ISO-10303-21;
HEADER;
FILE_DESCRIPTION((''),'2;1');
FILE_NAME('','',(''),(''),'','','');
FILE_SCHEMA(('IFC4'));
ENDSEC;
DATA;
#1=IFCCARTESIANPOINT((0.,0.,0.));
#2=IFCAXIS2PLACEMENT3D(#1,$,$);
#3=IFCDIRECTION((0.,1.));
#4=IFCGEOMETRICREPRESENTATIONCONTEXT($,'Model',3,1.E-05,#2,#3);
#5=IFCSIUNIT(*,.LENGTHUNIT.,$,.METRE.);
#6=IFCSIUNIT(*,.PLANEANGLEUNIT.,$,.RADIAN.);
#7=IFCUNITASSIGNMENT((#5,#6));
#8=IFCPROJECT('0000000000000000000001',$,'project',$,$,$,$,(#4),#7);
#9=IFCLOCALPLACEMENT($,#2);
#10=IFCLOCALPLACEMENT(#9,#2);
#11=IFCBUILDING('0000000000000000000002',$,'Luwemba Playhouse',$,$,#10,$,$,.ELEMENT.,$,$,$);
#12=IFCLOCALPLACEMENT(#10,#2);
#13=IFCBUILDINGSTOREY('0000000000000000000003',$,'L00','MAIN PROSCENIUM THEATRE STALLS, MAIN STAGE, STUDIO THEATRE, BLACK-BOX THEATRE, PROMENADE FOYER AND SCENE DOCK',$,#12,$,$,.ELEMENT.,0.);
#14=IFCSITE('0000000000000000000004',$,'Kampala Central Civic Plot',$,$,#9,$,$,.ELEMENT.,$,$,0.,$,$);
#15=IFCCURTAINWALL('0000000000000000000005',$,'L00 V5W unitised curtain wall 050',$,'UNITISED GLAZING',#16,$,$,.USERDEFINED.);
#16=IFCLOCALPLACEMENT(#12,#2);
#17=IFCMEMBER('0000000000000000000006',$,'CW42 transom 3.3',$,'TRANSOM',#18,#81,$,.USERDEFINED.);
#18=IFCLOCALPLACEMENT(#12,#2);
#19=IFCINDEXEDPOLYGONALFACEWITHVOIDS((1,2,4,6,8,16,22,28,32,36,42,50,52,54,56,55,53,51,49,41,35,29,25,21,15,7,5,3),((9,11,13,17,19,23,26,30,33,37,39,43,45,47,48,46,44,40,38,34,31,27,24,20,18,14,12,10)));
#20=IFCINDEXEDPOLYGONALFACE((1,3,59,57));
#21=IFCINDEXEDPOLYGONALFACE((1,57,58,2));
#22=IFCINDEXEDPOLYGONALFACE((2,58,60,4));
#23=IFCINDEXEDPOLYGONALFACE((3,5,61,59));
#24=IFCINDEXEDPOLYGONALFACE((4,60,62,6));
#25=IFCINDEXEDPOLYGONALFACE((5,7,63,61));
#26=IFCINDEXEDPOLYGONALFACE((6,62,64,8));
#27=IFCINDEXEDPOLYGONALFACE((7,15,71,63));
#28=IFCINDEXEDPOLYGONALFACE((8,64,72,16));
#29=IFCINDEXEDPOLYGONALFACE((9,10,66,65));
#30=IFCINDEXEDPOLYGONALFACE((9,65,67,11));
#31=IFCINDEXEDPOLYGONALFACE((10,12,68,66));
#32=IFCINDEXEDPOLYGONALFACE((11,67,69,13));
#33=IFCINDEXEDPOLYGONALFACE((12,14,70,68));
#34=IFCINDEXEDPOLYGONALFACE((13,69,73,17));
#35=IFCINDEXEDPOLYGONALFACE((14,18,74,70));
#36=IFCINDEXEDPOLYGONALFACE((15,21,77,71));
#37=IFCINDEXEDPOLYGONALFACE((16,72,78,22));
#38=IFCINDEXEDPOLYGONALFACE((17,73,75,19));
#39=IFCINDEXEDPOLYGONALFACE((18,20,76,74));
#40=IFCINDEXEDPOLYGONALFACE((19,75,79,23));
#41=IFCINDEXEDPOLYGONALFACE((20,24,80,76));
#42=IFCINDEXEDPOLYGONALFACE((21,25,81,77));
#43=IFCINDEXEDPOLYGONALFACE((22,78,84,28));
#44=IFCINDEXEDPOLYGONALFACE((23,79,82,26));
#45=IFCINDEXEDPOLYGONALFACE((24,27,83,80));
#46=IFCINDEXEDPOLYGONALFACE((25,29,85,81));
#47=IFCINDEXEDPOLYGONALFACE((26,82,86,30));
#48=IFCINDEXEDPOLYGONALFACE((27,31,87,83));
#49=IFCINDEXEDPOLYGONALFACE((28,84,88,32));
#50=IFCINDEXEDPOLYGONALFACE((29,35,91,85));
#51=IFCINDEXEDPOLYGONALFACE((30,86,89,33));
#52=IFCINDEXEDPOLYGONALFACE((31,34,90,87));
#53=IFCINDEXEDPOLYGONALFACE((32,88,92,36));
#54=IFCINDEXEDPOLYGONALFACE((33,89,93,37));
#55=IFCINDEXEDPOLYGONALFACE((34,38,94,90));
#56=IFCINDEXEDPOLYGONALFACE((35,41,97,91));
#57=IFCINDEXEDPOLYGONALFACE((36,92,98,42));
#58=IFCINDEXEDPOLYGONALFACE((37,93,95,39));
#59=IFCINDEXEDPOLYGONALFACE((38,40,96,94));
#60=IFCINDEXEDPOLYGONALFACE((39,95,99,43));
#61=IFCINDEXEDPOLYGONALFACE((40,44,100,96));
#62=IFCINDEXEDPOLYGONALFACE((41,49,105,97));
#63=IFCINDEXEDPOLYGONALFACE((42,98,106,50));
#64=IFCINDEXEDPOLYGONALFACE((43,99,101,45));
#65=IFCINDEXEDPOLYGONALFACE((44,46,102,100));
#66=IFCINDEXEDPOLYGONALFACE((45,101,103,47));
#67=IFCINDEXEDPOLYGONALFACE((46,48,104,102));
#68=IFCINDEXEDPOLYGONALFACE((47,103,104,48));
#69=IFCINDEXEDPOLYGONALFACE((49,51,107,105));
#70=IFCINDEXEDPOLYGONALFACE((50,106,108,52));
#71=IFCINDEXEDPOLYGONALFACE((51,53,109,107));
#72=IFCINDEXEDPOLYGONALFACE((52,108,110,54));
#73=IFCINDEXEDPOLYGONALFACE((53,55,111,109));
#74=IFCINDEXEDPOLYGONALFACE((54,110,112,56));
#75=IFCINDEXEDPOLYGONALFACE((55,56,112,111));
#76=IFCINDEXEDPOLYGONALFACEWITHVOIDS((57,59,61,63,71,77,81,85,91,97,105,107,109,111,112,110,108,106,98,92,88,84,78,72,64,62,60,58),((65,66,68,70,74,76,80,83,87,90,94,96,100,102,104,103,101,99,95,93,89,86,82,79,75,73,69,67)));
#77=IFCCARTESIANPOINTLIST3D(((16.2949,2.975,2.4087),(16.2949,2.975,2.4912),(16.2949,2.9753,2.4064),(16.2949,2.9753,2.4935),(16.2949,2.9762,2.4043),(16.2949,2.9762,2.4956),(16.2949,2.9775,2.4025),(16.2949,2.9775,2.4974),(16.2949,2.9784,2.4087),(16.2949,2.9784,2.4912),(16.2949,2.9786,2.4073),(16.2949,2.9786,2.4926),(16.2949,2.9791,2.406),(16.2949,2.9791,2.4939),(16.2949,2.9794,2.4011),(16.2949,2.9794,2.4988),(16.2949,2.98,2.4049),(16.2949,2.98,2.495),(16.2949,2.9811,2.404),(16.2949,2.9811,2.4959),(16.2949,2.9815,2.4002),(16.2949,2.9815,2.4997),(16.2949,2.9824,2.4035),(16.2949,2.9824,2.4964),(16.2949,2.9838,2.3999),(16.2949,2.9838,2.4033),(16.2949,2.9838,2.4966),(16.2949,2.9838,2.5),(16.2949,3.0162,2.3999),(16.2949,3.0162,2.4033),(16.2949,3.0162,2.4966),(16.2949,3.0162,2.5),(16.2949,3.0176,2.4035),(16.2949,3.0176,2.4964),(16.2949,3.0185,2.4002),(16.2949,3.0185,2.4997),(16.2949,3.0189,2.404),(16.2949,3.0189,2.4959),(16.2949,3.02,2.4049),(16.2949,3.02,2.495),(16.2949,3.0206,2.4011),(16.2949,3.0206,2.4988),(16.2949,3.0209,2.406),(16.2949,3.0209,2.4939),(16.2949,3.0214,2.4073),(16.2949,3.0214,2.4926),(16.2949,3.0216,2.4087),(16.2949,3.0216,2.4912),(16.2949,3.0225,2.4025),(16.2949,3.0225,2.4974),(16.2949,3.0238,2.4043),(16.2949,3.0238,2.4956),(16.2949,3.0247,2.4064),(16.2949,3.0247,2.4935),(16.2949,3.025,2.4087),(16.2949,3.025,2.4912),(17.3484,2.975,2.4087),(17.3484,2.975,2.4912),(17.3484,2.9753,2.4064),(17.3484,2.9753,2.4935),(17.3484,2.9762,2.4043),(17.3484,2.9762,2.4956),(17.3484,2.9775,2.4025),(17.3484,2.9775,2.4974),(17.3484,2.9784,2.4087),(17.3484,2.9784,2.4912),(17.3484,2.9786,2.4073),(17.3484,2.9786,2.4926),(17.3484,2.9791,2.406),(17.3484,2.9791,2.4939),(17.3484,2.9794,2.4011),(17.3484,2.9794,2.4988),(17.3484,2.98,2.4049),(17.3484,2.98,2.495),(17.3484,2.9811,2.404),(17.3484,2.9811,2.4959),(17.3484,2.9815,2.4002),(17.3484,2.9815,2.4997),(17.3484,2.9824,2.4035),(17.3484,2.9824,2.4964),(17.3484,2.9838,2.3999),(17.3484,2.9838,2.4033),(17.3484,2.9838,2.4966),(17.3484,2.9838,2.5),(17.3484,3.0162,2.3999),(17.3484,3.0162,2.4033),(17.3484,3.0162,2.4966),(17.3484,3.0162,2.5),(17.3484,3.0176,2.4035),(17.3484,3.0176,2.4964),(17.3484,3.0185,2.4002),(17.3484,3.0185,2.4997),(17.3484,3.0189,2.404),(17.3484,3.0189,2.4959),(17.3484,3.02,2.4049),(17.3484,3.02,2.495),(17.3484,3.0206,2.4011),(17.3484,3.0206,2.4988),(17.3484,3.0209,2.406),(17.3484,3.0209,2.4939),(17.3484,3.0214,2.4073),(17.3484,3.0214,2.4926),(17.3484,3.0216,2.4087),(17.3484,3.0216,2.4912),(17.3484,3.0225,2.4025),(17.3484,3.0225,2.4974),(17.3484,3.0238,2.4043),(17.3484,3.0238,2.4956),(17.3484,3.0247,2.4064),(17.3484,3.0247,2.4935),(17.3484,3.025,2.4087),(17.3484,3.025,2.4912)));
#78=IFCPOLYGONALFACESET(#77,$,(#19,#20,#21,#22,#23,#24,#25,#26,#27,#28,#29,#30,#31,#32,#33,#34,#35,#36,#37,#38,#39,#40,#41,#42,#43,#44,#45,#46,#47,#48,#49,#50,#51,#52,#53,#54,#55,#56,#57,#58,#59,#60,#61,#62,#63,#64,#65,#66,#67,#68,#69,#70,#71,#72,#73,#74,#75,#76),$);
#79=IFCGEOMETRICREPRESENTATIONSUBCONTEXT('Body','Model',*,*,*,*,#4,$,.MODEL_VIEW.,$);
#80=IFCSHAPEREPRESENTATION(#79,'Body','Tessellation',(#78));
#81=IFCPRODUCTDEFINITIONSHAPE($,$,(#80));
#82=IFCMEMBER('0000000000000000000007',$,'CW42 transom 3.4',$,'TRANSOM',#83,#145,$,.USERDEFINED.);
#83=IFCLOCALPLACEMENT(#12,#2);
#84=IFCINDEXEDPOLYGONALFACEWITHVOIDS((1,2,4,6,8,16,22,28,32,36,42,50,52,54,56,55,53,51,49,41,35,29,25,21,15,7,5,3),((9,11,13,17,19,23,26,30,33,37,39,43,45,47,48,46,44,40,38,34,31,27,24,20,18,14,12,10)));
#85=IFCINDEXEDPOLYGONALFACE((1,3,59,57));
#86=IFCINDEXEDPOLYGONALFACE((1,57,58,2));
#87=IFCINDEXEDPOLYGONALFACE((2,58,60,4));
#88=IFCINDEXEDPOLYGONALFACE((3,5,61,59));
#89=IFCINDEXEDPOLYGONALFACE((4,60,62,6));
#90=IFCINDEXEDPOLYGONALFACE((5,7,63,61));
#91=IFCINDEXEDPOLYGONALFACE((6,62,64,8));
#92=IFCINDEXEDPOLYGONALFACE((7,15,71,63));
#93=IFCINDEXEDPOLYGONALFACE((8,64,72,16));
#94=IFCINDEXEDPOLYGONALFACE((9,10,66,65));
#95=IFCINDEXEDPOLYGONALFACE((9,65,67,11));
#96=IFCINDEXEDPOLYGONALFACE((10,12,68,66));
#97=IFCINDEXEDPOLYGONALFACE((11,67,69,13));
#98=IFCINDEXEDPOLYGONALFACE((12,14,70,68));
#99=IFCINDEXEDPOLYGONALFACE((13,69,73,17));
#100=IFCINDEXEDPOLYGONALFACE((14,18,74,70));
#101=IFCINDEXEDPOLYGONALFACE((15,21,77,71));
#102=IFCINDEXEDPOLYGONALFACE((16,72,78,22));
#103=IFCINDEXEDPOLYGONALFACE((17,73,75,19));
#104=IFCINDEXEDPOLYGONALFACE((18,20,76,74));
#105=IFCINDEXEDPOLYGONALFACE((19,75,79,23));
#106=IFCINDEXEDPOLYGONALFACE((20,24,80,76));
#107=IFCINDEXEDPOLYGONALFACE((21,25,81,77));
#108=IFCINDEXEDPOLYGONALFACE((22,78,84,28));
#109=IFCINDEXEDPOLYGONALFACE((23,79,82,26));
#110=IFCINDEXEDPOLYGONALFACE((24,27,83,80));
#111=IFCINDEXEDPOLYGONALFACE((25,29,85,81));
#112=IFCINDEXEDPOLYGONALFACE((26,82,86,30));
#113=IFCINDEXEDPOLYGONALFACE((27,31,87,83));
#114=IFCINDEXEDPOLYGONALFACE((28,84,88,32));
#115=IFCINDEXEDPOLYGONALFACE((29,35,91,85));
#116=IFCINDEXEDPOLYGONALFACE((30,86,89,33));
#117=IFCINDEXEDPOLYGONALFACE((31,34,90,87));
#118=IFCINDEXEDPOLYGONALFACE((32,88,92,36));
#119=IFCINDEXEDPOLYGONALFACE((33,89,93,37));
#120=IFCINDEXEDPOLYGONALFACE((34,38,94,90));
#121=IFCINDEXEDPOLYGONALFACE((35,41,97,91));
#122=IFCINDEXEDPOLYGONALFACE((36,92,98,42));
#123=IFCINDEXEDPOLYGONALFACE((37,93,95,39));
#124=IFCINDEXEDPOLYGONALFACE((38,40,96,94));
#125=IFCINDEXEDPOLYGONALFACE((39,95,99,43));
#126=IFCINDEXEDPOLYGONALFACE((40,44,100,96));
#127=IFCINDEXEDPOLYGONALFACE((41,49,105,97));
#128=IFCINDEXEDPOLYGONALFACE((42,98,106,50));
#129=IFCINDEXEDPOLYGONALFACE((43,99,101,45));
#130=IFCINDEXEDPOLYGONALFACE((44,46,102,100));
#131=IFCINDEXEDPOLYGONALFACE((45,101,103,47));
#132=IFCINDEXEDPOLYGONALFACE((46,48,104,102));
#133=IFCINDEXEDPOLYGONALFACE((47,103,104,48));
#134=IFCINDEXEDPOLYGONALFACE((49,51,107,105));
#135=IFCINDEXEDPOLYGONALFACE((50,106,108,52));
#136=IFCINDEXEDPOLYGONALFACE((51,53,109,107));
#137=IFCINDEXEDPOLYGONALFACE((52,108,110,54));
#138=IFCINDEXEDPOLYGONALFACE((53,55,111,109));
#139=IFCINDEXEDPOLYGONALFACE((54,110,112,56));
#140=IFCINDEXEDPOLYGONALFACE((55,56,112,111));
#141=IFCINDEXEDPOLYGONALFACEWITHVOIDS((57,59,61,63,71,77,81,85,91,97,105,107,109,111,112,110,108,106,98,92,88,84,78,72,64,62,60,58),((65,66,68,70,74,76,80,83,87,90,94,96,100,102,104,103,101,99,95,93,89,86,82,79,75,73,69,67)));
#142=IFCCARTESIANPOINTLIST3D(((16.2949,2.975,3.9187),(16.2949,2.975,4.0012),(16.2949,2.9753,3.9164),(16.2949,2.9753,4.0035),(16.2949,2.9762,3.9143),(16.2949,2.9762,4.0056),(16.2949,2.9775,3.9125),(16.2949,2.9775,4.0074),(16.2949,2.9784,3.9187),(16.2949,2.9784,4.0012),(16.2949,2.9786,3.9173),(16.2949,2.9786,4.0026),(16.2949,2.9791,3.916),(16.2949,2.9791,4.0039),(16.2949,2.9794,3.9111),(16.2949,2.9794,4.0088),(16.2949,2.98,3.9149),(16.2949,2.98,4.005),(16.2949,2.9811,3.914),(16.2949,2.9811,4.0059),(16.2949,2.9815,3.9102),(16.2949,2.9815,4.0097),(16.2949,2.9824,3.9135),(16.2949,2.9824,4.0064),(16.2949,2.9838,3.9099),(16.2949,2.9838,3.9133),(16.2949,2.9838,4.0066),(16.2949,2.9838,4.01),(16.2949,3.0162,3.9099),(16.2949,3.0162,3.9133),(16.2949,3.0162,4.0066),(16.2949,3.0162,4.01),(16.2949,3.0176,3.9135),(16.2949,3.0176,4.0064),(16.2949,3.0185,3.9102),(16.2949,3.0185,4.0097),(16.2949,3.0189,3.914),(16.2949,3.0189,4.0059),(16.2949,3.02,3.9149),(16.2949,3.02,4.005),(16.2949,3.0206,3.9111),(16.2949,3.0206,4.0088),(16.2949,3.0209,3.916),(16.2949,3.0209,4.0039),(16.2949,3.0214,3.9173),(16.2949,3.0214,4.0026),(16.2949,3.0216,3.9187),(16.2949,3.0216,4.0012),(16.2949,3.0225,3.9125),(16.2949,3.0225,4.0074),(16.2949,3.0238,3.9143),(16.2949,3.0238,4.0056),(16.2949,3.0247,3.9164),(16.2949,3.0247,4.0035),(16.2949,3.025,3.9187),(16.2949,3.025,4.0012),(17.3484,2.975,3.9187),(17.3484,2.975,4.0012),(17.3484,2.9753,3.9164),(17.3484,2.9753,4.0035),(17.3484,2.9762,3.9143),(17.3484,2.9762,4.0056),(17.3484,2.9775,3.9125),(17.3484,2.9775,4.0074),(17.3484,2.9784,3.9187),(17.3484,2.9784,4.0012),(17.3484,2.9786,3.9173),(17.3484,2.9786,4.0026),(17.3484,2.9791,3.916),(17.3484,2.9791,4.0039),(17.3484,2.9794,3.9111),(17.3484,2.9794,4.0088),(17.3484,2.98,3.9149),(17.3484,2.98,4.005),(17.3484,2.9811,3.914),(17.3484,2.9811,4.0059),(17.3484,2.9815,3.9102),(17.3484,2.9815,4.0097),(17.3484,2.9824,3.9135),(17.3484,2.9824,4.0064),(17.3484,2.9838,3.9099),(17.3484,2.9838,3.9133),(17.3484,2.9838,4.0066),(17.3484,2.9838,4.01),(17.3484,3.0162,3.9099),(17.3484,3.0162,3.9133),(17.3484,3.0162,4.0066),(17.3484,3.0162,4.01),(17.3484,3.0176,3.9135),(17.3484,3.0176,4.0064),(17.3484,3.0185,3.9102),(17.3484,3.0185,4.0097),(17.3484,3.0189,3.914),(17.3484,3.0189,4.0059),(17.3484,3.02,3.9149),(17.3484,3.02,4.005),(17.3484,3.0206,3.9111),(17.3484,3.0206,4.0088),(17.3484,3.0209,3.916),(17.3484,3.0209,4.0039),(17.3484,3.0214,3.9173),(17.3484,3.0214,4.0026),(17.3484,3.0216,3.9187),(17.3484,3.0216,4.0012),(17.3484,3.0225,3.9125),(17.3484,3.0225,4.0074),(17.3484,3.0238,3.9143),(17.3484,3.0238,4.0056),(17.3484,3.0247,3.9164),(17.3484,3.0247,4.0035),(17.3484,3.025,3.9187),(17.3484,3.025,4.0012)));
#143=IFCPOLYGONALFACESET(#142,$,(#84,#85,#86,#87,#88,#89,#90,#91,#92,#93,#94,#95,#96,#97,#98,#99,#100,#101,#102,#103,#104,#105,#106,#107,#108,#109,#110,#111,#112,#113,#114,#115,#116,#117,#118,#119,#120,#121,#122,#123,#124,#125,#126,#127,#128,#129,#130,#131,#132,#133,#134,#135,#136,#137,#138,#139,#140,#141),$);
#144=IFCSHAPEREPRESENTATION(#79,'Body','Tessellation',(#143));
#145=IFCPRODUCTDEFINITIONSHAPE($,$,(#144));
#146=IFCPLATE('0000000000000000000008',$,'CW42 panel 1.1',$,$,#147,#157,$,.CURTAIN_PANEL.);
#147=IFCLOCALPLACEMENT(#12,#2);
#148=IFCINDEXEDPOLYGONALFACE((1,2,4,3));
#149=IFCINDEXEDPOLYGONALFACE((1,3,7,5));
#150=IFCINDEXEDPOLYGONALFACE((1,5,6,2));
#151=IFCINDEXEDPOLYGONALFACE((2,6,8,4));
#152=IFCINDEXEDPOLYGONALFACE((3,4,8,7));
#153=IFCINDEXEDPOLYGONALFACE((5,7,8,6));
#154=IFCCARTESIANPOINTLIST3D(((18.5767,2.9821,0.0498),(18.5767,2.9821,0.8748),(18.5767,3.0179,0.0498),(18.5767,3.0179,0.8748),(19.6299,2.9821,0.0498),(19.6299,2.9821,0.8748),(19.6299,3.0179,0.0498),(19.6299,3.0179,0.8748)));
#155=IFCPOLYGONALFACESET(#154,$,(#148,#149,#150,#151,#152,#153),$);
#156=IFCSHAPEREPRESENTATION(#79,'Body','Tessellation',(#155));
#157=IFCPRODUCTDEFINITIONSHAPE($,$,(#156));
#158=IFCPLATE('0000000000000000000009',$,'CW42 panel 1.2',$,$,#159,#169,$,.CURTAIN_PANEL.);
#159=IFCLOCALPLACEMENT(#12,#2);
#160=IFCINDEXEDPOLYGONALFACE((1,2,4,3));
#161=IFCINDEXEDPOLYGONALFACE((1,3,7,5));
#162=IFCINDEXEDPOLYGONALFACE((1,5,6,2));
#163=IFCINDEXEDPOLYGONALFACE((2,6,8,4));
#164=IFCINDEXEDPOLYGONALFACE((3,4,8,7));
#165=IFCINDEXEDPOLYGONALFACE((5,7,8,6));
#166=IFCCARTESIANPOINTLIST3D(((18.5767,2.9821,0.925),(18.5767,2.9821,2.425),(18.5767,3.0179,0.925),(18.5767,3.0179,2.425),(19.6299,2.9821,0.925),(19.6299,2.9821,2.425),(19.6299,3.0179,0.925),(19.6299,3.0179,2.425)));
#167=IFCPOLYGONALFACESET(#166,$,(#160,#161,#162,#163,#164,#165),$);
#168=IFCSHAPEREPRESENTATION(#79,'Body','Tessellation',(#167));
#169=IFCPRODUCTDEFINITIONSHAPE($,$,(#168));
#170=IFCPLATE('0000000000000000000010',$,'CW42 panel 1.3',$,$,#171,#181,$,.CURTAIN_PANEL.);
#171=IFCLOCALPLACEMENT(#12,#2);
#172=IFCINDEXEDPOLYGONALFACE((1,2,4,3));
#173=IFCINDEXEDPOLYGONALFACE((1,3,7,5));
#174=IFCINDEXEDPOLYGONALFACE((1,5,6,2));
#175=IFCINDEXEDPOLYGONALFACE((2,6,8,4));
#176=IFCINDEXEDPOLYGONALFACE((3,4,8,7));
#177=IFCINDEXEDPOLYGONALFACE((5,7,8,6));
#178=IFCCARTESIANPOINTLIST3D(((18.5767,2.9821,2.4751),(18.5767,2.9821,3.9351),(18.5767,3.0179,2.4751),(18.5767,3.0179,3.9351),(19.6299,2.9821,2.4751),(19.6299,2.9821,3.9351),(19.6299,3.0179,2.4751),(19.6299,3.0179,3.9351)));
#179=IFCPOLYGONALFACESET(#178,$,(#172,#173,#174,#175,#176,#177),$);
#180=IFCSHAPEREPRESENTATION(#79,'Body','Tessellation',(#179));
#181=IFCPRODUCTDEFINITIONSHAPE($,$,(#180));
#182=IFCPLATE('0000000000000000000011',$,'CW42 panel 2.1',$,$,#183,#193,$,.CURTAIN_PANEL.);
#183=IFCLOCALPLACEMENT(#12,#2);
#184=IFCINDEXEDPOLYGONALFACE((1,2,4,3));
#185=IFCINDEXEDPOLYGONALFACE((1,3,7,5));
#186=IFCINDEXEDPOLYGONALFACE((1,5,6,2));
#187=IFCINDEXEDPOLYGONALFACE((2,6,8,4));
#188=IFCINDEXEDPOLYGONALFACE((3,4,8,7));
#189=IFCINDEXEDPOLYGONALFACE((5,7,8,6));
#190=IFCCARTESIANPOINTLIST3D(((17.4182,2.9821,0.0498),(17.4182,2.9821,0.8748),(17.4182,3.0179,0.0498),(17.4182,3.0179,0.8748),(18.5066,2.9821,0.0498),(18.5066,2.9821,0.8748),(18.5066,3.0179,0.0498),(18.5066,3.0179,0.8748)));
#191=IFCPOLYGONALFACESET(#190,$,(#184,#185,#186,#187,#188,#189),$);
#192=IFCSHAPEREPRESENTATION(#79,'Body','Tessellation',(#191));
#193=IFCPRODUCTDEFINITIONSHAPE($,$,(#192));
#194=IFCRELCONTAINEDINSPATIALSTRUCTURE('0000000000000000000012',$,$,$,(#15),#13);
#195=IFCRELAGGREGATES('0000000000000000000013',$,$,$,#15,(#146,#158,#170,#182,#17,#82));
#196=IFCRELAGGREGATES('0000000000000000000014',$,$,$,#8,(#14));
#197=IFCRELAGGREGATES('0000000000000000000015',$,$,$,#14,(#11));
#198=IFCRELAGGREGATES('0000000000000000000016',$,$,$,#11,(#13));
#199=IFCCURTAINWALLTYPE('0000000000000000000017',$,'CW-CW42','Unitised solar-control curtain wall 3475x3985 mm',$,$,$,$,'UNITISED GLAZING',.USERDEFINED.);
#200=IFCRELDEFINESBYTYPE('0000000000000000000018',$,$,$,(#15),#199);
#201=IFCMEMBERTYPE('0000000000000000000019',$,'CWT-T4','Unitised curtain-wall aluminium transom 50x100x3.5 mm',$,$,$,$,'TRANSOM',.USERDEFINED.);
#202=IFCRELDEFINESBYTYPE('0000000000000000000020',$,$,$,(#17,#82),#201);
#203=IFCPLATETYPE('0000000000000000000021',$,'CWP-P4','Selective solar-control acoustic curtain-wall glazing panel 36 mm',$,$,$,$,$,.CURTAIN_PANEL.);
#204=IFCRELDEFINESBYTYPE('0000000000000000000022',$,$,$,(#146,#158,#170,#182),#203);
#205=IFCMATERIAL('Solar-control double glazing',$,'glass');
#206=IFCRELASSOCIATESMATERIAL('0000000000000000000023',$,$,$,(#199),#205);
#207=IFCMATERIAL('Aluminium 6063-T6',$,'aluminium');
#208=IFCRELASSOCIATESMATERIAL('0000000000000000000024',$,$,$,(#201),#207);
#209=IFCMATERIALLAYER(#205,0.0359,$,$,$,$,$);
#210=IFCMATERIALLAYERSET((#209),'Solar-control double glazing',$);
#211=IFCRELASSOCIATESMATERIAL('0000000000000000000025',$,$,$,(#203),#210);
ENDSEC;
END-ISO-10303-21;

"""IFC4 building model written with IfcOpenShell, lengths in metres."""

from ifc_helpers import new_model, si_unit, direction, frame, origin, origin_2d, place, context, subcontext, project, spatial, rectangle, hollow_rectangle, extrude, material, layer, layer_set, material_profile, profile_set, type_object, element, aggregate, save


model = new_model("IFC4")

# Units and contexts
model_context = context("Model", 3, precision=1e-05, world=origin(), true_north=direction((0.0, 1.0)))
body_context = subcontext(model_context, "Body", "Model", "MODEL_VIEW")
ifc_project = project(units=[si_unit("LENGTHUNIT", "METRE"), si_unit("PLANEANGLEUNIT", "RADIAN")], contexts=[model_context])

# Site, building, storey
site_placement = place(None, origin())
site = spatial("IfcSite", under=ifc_project, at=site_placement, Name="Kampala Central Civic Plot", CompositionType="ELEMENT", RefElevation=0.0)
building_placement = place(site_placement, origin())
building = spatial("IfcBuilding", under=site, at=building_placement, Name="Luwemba Playhouse", CompositionType="ELEMENT")
storey_placement = place(building_placement, origin())
storey = spatial("IfcBuildingStorey", under=building, at=storey_placement, Name="L00", Description="MAIN PROSCENIUM THEATRE STALLS, MAIN STAGE, STUDIO THEATRE, BLACK-BOX THEATRE, PROMENADE FOYER AND SCENE DOCK", CompositionType="ELEMENT", Elevation=0.0)

# Shared definitions
ifc_material_1 = material(Name="Solar-control double glazing", Category="glass")
ifc_material_2 = material(Name="Aluminium 6063-T6", Category="aluminium")

# Curtain wall
curtain_wall_type_1 = type_object("IfcCurtainWallType", Name="CW-CW42", Description="Unitised solar-control curtain wall 3475x3985 mm", ElementType="UNITISED GLAZING", PredefinedType="USERDEFINED", material=ifc_material_1)
curtain_wall_1_placement = place(storey_placement, origin())
curtain_wall_1 = element("IfcCurtainWall", 1, at=curtain_wall_1_placement, inside=storey, type_object=curtain_wall_type_1, Name="L00 V5W unitised curtain wall 050", ObjectType="UNITISED GLAZING", PredefinedType="USERDEFINED")

# Members
ifc_material_profile_1 = material_profile(ifc_material_2, hollow_rectangle(XDim=0.05, YDim=0.1001, WallThickness=0.0034, InnerFilletRadius=0.0054, OuterFilletRadius=0.0088, at=origin_2d()))
ifc_profile_set_1 = profile_set([ifc_material_profile_1], Name="Aluminium 6063-T6")
member_type_1 = type_object("IfcMemberType", Name="CWT-T4", Description="Unitised curtain-wall aluminium transom 50x100x3.5 mm", ElementType="TRANSOM", PredefinedType="USERDEFINED", material=ifc_profile_set_1)
member_1_placement = place(storey_placement, frame((17.3484, 3.0, 2.45), z_axis=(-1.0, 0.0, 0.0), x_axis=(0.0, -1.0, 0.0)))
member_1 = element("IfcMember", 2, at=member_1_placement, type_object=member_type_1, Name="CW42 transom 3.3", ObjectType="TRANSOM", PredefinedType="USERDEFINED", context=body_context, shape_type="SweptSolid", body=[
    extrude(hollow_rectangle(XDim=0.05, YDim=0.1001, WallThickness=0.0034, InnerFilletRadius=0.0054, OuterFilletRadius=0.0088, at=origin_2d()), origin(), (0.0, 0.0, 1.0), 1.0535),
])
member_2_placement = place(storey_placement, frame((17.3484, 3.0, 3.96), z_axis=(-1.0, 0.0, 0.0), x_axis=(0.0, -1.0, 0.0)))
member_2 = element("IfcMember", 3, at=member_2_placement, type_object=member_type_1, Name="CW42 transom 3.4", ObjectType="TRANSOM", PredefinedType="USERDEFINED", context=body_context, shape_type="SweptSolid", body=[
    extrude(hollow_rectangle(XDim=0.05, YDim=0.1001, WallThickness=0.0034, InnerFilletRadius=0.0054, OuterFilletRadius=0.0088, at=origin_2d()), origin(), (0.0, 0.0, 1.0), 1.0535),
])

# Plates
ifc_layer = layer(ifc_material_1, 0.0359)
ifc_layer_set = layer_set([ifc_layer], Name="Solar-control double glazing")
plate_type = type_object("IfcPlateType", Name="CWP-P4", Description="Selective solar-control acoustic curtain-wall glazing panel 36 mm", PredefinedType="CURTAIN_PANEL", material=ifc_layer_set)
plate_1_placement = place(storey_placement, frame((19.1033, 3.0, 0.0498), z_axis=(0.0, 0.0, 1.0), x_axis=(-1.0, 0.0, 0.0)))
plate_1 = element("IfcPlate", 4, at=plate_1_placement, type_object=plate_type, Name="CW42 panel 1.1", PredefinedType="CURTAIN_PANEL", context=body_context, shape_type="SweptSolid", body=[
    extrude(rectangle(XDim=1.0532, YDim=0.0359, at=origin_2d()), origin(), (0.0, 0.0, 1.0), 0.825),
])
plate_2_placement = place(storey_placement, frame((19.1033, 3.0, 0.925), z_axis=(0.0, 0.0, 1.0), x_axis=(-1.0, 0.0, 0.0)))
plate_2 = element("IfcPlate", 5, at=plate_2_placement, type_object=plate_type, Name="CW42 panel 1.2", PredefinedType="CURTAIN_PANEL", context=body_context, shape_type="SweptSolid", body=[
    extrude(rectangle(XDim=1.0532, YDim=0.0359, at=origin_2d()), origin(), (0.0, 0.0, 1.0), 1.5),
])
plate_3_placement = place(storey_placement, frame((19.1033, 3.0, 2.4751), z_axis=(0.0, 0.0, 1.0), x_axis=(-1.0, 0.0, 0.0)))
plate_3 = element("IfcPlate", 6, at=plate_3_placement, type_object=plate_type, Name="CW42 panel 1.3", PredefinedType="CURTAIN_PANEL", context=body_context, shape_type="SweptSolid", body=[
    extrude(rectangle(XDim=1.0532, YDim=0.0359, at=origin_2d()), origin(), (0.0, 0.0, 1.0), 1.46),
])
plate_4_placement = place(storey_placement, frame((17.9624, 3.0, 0.0498), z_axis=(0.0, 0.0, 1.0), x_axis=(-1.0, 0.0, 0.0)))
plate_4 = element("IfcPlate", 7, at=plate_4_placement, type_object=plate_type, Name="CW42 panel 2.1", PredefinedType="CURTAIN_PANEL", context=body_context, shape_type="SweptSolid", body=[
    extrude(rectangle(XDim=1.0884, YDim=0.0359, at=origin_2d()), origin(), (0.0, 0.0, 1.0), 0.825),
])
aggregate(curtain_wall_1, [plate_1, plate_2, plate_3, plate_4, member_1, member_2])

save(model, "model.ifc")
